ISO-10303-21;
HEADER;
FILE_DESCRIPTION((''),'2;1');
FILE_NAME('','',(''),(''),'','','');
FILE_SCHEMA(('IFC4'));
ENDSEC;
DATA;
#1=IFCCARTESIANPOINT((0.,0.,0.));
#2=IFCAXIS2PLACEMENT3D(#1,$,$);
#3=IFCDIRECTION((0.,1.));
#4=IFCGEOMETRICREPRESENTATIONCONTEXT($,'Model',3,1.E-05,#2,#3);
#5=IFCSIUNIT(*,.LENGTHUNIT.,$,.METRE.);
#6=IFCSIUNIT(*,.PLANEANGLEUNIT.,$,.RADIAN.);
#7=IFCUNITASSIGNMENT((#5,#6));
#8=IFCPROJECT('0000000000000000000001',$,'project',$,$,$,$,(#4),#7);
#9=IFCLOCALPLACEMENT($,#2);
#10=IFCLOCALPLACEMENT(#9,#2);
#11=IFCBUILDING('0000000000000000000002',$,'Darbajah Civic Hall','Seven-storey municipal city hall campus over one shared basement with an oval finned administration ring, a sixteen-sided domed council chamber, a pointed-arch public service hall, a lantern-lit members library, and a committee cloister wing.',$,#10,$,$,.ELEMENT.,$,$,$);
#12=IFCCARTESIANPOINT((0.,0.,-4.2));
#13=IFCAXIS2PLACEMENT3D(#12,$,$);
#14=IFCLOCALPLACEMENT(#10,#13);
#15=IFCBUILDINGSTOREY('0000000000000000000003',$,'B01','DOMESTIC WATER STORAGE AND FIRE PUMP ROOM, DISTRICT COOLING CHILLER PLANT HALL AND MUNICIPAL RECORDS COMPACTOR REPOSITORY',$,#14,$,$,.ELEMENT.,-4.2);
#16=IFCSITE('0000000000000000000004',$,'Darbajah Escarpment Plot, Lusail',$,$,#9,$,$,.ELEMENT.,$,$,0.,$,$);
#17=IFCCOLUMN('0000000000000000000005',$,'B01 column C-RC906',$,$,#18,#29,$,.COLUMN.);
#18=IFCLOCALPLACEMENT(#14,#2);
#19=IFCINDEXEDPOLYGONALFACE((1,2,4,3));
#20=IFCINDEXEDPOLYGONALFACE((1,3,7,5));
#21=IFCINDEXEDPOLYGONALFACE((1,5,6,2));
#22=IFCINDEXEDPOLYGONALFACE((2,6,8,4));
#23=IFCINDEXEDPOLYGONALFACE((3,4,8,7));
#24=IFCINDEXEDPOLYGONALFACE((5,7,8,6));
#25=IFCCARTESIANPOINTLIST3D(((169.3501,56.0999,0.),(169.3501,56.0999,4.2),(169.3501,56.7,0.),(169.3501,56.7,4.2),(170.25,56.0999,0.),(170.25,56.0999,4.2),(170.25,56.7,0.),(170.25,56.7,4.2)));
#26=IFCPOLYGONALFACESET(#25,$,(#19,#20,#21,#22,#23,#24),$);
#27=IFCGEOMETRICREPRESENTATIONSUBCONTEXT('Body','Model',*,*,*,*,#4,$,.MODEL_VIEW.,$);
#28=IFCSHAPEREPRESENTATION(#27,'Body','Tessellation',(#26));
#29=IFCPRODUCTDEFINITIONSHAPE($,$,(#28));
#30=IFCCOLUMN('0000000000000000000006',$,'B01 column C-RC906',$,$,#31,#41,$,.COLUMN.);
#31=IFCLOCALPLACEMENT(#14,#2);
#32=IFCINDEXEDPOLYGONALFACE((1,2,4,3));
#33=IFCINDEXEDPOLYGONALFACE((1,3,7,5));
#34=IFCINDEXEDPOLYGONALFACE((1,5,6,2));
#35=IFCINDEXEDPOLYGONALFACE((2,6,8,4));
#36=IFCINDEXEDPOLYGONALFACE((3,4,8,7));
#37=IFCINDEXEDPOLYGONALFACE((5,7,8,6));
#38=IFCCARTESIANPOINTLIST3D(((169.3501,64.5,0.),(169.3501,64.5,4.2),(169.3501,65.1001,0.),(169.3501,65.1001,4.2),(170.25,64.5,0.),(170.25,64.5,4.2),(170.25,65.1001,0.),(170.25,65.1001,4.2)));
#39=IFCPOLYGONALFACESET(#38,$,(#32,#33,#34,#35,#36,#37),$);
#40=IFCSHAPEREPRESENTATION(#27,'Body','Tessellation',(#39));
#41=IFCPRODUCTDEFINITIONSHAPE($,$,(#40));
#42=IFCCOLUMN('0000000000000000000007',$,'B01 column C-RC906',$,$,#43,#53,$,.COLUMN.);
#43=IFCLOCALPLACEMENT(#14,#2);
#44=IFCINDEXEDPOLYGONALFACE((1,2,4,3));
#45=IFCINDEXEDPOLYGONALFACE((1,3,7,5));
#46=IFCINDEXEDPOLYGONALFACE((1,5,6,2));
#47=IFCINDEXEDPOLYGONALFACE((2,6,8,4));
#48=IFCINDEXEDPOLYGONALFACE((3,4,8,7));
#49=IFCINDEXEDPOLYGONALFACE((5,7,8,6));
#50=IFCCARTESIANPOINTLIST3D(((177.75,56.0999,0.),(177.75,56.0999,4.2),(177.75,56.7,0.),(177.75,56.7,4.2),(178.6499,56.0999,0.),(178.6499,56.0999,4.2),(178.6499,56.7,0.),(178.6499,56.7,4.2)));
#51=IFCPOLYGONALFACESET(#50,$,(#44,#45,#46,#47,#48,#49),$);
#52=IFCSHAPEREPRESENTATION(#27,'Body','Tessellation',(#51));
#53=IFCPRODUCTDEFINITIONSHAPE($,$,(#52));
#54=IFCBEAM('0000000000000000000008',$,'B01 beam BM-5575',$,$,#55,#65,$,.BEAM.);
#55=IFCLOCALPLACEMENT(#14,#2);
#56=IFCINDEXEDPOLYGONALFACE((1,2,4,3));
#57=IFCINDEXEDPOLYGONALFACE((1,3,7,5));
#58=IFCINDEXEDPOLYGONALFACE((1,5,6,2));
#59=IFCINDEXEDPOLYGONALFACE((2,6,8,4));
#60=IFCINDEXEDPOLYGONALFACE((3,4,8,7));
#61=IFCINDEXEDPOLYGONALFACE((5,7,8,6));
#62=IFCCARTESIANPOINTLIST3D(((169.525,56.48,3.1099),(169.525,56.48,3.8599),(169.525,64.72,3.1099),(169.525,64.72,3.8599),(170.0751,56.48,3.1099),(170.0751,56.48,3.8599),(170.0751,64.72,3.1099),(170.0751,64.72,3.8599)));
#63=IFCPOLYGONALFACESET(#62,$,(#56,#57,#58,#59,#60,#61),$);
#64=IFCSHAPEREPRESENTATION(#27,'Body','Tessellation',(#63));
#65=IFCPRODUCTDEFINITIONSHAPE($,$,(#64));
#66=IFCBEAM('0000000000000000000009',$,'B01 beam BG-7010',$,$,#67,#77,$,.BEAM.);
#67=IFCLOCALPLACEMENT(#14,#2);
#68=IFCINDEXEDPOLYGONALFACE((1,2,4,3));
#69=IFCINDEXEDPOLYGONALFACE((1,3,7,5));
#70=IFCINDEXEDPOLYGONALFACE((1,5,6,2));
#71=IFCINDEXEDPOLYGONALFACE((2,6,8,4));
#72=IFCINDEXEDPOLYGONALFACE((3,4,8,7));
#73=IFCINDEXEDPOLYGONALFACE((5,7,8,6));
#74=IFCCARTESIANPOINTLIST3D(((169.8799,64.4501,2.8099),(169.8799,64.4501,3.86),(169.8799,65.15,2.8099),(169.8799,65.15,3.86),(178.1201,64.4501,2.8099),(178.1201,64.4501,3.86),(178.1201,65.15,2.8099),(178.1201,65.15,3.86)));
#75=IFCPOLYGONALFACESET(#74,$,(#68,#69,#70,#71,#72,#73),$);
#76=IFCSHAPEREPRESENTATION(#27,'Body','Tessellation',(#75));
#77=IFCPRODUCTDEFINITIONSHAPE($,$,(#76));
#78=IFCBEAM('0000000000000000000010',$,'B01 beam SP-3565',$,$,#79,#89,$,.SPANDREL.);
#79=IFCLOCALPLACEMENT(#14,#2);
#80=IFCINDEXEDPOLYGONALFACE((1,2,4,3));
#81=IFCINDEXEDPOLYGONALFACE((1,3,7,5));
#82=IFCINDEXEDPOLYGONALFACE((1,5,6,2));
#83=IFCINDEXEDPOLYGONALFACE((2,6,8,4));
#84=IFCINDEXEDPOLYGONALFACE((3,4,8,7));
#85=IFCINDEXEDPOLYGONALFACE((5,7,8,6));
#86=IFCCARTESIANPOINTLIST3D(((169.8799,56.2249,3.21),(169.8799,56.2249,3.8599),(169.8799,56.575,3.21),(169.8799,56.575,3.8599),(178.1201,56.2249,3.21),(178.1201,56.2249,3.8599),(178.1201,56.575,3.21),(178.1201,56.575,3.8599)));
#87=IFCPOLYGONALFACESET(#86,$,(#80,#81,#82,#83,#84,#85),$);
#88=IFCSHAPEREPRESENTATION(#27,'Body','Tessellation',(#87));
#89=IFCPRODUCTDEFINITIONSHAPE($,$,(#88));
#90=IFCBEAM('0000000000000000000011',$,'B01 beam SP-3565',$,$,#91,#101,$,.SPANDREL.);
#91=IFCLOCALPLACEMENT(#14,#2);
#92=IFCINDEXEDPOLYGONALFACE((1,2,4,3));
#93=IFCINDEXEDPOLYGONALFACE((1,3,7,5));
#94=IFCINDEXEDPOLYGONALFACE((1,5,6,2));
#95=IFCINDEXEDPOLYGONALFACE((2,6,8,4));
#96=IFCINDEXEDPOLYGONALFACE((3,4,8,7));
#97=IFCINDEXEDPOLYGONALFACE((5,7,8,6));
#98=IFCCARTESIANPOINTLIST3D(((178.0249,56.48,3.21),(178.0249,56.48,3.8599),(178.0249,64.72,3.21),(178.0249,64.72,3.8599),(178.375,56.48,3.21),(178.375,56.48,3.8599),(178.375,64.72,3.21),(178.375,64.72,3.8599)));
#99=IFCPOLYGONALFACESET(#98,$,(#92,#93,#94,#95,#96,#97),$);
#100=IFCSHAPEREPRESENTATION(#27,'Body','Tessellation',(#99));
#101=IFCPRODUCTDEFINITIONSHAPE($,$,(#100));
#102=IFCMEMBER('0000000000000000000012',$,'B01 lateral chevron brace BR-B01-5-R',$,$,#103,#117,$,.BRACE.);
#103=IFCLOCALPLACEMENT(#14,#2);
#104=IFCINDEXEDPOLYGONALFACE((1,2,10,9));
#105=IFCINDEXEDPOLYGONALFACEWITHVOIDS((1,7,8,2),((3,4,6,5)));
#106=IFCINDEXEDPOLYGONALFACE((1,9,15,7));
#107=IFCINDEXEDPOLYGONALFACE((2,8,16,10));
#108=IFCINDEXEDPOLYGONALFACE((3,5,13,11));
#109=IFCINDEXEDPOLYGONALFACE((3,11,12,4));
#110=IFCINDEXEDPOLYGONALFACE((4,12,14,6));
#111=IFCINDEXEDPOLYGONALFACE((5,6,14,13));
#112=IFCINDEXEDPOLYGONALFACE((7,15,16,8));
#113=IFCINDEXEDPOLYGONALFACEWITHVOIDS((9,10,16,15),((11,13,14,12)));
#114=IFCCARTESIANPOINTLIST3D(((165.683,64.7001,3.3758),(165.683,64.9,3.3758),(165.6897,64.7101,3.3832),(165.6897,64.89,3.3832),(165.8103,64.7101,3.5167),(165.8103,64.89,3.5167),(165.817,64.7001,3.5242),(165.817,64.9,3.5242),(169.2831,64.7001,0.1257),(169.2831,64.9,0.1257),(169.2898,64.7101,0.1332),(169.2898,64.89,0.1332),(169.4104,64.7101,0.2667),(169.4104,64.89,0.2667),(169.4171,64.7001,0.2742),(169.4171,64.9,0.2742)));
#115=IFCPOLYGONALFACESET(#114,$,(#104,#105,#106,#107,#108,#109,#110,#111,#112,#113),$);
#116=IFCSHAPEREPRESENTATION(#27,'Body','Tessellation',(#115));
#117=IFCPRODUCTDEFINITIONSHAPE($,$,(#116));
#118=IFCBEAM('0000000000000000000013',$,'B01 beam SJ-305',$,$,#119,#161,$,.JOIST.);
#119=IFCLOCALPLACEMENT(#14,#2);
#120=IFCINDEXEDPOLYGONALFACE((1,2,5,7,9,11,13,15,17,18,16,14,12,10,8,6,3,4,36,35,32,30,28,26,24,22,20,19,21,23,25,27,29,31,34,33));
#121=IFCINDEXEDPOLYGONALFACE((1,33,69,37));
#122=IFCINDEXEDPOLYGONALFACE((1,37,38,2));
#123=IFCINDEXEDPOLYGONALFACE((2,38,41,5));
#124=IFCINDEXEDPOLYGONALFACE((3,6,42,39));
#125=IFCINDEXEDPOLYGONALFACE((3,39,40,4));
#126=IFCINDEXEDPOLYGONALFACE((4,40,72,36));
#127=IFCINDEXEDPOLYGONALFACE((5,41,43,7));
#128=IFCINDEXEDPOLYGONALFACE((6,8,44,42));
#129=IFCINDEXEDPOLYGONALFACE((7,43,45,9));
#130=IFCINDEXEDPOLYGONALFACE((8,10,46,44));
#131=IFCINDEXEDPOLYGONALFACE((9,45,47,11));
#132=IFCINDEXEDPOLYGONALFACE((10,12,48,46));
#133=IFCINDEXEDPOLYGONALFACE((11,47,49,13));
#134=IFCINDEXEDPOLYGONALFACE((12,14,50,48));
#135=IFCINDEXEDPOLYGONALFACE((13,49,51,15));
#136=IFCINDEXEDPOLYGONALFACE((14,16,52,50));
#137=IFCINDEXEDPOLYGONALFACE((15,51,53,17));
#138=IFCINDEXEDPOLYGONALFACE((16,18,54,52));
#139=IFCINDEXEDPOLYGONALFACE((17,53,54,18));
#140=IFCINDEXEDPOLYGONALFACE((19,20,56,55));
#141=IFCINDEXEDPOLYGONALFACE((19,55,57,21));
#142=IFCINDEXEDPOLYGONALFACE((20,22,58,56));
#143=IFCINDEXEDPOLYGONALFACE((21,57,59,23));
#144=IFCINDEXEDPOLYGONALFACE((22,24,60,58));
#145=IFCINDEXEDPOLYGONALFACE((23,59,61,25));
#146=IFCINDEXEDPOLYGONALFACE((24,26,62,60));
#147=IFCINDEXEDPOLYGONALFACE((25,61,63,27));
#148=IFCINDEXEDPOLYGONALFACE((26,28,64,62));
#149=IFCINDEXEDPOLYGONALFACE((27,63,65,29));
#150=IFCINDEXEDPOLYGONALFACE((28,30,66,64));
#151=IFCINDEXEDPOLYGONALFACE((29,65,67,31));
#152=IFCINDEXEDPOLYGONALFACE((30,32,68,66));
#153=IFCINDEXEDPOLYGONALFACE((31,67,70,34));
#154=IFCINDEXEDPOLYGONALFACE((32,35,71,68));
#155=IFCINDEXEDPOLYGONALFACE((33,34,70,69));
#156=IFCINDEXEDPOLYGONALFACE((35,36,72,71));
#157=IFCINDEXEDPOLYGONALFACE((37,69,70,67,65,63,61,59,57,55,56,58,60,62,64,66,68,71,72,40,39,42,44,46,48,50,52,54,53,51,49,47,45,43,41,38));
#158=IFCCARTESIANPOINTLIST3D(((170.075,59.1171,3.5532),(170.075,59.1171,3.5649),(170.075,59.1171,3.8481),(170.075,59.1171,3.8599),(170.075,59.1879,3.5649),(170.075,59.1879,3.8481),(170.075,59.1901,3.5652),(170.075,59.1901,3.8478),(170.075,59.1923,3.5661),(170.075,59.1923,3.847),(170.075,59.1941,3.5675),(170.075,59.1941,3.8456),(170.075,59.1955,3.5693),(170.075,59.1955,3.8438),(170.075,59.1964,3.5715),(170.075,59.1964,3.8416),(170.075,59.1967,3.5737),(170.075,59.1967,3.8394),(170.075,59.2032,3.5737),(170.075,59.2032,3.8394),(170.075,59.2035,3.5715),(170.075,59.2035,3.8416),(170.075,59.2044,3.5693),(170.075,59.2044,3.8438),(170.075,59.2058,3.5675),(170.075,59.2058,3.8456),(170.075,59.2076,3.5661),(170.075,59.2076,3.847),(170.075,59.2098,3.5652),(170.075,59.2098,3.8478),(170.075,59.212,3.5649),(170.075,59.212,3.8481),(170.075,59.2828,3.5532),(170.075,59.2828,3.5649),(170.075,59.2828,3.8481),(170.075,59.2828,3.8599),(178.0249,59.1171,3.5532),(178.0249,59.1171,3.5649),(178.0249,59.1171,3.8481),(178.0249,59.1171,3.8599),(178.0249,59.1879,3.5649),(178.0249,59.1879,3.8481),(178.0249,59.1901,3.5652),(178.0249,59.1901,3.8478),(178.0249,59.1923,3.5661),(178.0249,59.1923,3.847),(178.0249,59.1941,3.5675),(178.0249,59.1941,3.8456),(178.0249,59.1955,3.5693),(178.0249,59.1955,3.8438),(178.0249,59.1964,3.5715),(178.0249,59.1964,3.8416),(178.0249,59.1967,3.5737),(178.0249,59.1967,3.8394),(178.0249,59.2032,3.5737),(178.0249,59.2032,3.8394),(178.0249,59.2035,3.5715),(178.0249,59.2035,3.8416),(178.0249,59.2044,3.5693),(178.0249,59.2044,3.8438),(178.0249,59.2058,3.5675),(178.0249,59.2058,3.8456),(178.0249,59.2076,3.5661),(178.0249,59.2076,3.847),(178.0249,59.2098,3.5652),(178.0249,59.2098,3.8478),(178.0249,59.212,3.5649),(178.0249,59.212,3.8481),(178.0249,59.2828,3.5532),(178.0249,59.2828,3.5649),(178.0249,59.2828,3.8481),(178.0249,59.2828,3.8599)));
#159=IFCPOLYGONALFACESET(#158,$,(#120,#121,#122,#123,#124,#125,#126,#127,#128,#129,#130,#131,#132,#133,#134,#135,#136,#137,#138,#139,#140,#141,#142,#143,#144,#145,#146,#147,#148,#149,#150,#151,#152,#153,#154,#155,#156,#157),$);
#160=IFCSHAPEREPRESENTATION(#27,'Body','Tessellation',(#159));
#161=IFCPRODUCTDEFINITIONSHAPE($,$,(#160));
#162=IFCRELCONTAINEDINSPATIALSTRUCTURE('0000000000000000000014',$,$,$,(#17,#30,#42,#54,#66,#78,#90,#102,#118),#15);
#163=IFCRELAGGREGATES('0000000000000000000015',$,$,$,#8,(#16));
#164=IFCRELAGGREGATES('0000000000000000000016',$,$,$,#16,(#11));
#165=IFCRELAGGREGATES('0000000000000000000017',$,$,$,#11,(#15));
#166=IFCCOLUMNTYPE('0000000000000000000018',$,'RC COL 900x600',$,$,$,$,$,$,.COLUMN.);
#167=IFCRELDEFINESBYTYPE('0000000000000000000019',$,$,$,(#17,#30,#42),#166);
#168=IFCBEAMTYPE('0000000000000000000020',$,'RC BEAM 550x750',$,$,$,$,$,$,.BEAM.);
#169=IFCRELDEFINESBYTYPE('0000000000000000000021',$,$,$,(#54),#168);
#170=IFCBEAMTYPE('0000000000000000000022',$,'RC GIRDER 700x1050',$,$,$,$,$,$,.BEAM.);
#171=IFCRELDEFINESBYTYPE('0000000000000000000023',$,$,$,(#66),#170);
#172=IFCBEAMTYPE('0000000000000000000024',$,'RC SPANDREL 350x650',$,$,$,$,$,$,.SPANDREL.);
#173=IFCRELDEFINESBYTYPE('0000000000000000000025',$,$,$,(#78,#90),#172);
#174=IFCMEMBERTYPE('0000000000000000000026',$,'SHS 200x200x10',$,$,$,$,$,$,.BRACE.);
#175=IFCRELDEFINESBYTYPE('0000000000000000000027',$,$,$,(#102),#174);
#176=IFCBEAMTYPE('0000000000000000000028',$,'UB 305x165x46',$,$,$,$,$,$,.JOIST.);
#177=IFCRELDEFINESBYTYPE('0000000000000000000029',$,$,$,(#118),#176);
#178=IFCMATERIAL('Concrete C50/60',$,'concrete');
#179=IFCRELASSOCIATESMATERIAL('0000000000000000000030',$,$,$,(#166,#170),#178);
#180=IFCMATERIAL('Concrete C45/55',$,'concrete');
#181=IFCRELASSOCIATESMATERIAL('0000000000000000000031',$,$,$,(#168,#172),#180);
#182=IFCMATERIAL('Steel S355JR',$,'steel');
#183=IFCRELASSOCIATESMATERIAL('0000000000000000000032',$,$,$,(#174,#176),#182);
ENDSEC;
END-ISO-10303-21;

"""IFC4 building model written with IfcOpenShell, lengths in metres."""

from ifc_helpers import new_model, si_unit, direction, frame, origin, origin_2d, place, context, subcontext, project, spatial, rectangle, hollow_rectangle, i_section, extrude, material, material_profile, profile_set, type_object, element, save


model = new_model("IFC4")

# Units and contexts
model_context = context("Model", 3, precision=1e-05, world=origin(), true_north=direction((0.0, 1.0)))
body_context = subcontext(model_context, "Body", "Model", "MODEL_VIEW")
ifc_project = project(units=[si_unit("LENGTHUNIT", "METRE"), si_unit("PLANEANGLEUNIT", "RADIAN")], contexts=[model_context])

# Site, building, storey
site_placement = place(None, origin())
site = spatial("IfcSite", under=ifc_project, at=site_placement, Name="Darbajah Escarpment Plot, Lusail", CompositionType="ELEMENT", RefElevation=0.0)
building_placement = place(site_placement, origin())
building = spatial("IfcBuilding", under=site, at=building_placement, Name="Darbajah Civic Hall", Description="Seven-storey municipal city hall campus over one shared basement with an oval finned administration ring, a sixteen-sided domed council chamber, a pointed-arch public service hall, a lantern-lit members library, and a committee cloister wing.", CompositionType="ELEMENT")
storey_placement = place(building_placement, frame((0.0, 0.0, -4.2)))
storey = spatial("IfcBuildingStorey", under=building, at=storey_placement, Name="B01", Description="DOMESTIC WATER STORAGE AND FIRE PUMP ROOM, DISTRICT COOLING CHILLER PLANT HALL AND MUNICIPAL RECORDS COMPACTOR REPOSITORY", CompositionType="ELEMENT", Elevation=-4.2)

# Shared definitions
ifc_material_1 = material(Name="Concrete C45/55", Category="concrete")

# Columns
ifc_material_2 = material(Name="Concrete C50/60", Category="concrete")
ifc_material_profile_1 = material_profile(ifc_material_2, rectangle(XDim=0.8999, YDim=0.6001, at=origin_2d()), Name="RC COL 900x600")
ifc_profile_set_1 = profile_set([ifc_material_profile_1], Name="Concrete C50/60")
column_type_1 = type_object("IfcColumnType", Name="RC COL 900x600", PredefinedType="COLUMN", material=ifc_profile_set_1)
for number, where, z_axis, x_axis, name in (
    (1, (169.8, 56.3999, 0.0), (0.0, 0.0, 1.0), (1.0, 0.0, 0.0), "B01 column C-RC906"),
    (2, (169.8, 64.8, 0.0), (0.0, 0.0, 1.0), (1.0, 0.0, 0.0), "B01 column C-RC906"),
    (3, (178.2, 56.3999, 0.0), (0.0, 0.0, 1.0), (1.0, 0.0, 0.0), "B01 column C-RC906"),
):
    element("IfcColumn", number, at=place(storey_placement, frame(where, z_axis=z_axis, x_axis=x_axis)), inside=storey, type_object=column_type_1, Name=name, PredefinedType="COLUMN", context=body_context, shape_type="SweptSolid", body=[
        extrude(rectangle(XDim=0.8999, YDim=0.6001, at=origin_2d()), origin(), (0.0, 0.0, 1.0), 4.2),
    ])

# Beams
ifc_material_profile_2 = material_profile(ifc_material_1, rectangle(XDim=0.55, YDim=0.75, at=origin_2d()), Name="RC BEAM 550x750")
ifc_profile_set_2 = profile_set([ifc_material_profile_2], Name="Concrete C45/55")
beam_type_1 = type_object("IfcBeamType", Name="RC BEAM 550x750", PredefinedType="BEAM", material=ifc_profile_set_2)
beam_1_placement = place(storey_placement, frame((169.8, 56.48, 3.4849), z_axis=(0.0, 1.0, 0.0), x_axis=(-1.0, 0.0, 0.0)))
element("IfcBeam", 4, at=beam_1_placement, inside=storey, type_object=beam_type_1, Name="B01 beam BM-5575", PredefinedType="BEAM", context=body_context, shape_type="SweptSolid", body=[
    extrude(rectangle(XDim=0.55, YDim=0.75, at=origin_2d()), origin(), (0.0, 0.0, 1.0), 8.24),
])
ifc_material_profile_3 = material_profile(ifc_material_2, rectangle(XDim=0.7, YDim=1.05, at=origin_2d()), Name="RC GIRDER 700x1050")
ifc_profile_set_3 = profile_set([ifc_material_profile_3], Name="Concrete C50/60")
beam_type_2 = type_object("IfcBeamType", Name="RC GIRDER 700x1050", PredefinedType="BEAM", material=ifc_profile_set_3)
beam_2_placement = place(storey_placement, frame((169.8799, 64.8, 3.335), z_axis=(1.0, 0.0, 0.0), x_axis=(0.0, 1.0, 0.0)))
element("IfcBeam", 5, at=beam_2_placement, inside=storey, type_object=beam_type_2, Name="B01 beam BG-7010", PredefinedType="BEAM", context=body_context, shape_type="SweptSolid", body=[
    extrude(rectangle(XDim=0.7, YDim=1.05, at=origin_2d()), origin(), (0.0, 0.0, 1.0), 8.2402),
])
ifc_material_profile_4 = material_profile(ifc_material_1, rectangle(XDim=0.3501, YDim=0.6499, at=origin_2d()), Name="RC SPANDREL 350x650")
ifc_profile_set_4 = profile_set([ifc_material_profile_4], Name="Concrete C45/55")
beam_type_3 = type_object("IfcBeamType", Name="RC SPANDREL 350x650", PredefinedType="SPANDREL", material=ifc_profile_set_4)
beam_3_placement = place(storey_placement, frame((169.8799, 56.3999, 3.5349), z_axis=(1.0, 0.0, 0.0), x_axis=(0.0, 1.0, 0.0)))
element("IfcBeam", 6, at=beam_3_placement, inside=storey, type_object=beam_type_3, Name="B01 beam SP-3565", PredefinedType="SPANDREL", context=body_context, shape_type="SweptSolid", body=[
    extrude(rectangle(XDim=0.3501, YDim=0.6499, at=origin_2d()), origin(), (0.0, 0.0, 1.0), 8.2402),
])
beam_4_placement = place(storey_placement, frame((178.2, 56.48, 3.5349), z_axis=(0.0, 1.0, 0.0), x_axis=(-1.0, 0.0, 0.0)))
element("IfcBeam", 7, at=beam_4_placement, inside=storey, type_object=beam_type_3, Name="B01 beam SP-3565", PredefinedType="SPANDREL", context=body_context, shape_type="SweptSolid", body=[
    extrude(rectangle(XDim=0.3501, YDim=0.6499, at=origin_2d()), origin(), (0.0, 0.0, 1.0), 8.24),
])

# Member
ifc_material_3 = material(Name="Steel S355JR", Category="steel")
ifc_material_profile_5 = material_profile(ifc_material_3, hollow_rectangle(XDim=0.2, YDim=0.2, WallThickness=0.01, at=origin_2d()), Name="SHS 200x200x10")
ifc_profile_set_5 = profile_set([ifc_material_profile_5], Name="Steel S355JR")
member_type = type_object("IfcMemberType", Name="SHS 200x200x10", PredefinedType="BRACE", material=ifc_profile_set_5)
member_placement = place(storey_placement, frame((169.3501, 64.8, 0.2), z_axis=(-0.742277, 0.0, 0.670093), x_axis=(0.0, -1.0, 0.0)))
element("IfcMember", 8, at=member_placement, inside=storey, type_object=member_type, Name="B01 lateral chevron brace BR-B01-5-R", PredefinedType="BRACE", context=body_context, shape_type="SweptSolid", body=[
    extrude(hollow_rectangle(XDim=0.2, YDim=0.2, WallThickness=0.01, at=origin_2d()), origin(), (0.0, 0.0, 1.0), 4.8501),
])

# Beam
ifc_material_profile_6 = material_profile(ifc_material_3, i_section(OverallWidth=0.1658, OverallDepth=0.3066, WebThickness=0.0066, FlangeThickness=0.0117, FilletRadius=0.0088, at=origin_2d()), Name="UB 305x165x46")
ifc_profile_set_6 = profile_set([ifc_material_profile_6], Name="Steel S355JR")
beam_type_4 = type_object("IfcBeamType", Name="UB 305x165x46", PredefinedType="JOIST", material=ifc_profile_set_6)
for number, where, z_axis, x_axis, name in (
    (9, (170.075, 59.2, 3.7065), (1.0, 0.0, 0.0), (0.0, 1.0, 0.0), "B01 beam SJ-305"),
):
    element("IfcBeam", number, at=place(storey_placement, frame(where, z_axis=z_axis, x_axis=x_axis)), inside=storey, type_object=beam_type_4, Name=name, PredefinedType="JOIST", context=body_context, shape_type="SweptSolid", body=[
        extrude(i_section(OverallWidth=0.1658, OverallDepth=0.3066, WebThickness=0.0066, FlangeThickness=0.0117, FilletRadius=0.0088, at=origin_2d()), origin(), (0.0, 0.0, 1.0), 7.95),
    ])

save(model, "model.ifc")
